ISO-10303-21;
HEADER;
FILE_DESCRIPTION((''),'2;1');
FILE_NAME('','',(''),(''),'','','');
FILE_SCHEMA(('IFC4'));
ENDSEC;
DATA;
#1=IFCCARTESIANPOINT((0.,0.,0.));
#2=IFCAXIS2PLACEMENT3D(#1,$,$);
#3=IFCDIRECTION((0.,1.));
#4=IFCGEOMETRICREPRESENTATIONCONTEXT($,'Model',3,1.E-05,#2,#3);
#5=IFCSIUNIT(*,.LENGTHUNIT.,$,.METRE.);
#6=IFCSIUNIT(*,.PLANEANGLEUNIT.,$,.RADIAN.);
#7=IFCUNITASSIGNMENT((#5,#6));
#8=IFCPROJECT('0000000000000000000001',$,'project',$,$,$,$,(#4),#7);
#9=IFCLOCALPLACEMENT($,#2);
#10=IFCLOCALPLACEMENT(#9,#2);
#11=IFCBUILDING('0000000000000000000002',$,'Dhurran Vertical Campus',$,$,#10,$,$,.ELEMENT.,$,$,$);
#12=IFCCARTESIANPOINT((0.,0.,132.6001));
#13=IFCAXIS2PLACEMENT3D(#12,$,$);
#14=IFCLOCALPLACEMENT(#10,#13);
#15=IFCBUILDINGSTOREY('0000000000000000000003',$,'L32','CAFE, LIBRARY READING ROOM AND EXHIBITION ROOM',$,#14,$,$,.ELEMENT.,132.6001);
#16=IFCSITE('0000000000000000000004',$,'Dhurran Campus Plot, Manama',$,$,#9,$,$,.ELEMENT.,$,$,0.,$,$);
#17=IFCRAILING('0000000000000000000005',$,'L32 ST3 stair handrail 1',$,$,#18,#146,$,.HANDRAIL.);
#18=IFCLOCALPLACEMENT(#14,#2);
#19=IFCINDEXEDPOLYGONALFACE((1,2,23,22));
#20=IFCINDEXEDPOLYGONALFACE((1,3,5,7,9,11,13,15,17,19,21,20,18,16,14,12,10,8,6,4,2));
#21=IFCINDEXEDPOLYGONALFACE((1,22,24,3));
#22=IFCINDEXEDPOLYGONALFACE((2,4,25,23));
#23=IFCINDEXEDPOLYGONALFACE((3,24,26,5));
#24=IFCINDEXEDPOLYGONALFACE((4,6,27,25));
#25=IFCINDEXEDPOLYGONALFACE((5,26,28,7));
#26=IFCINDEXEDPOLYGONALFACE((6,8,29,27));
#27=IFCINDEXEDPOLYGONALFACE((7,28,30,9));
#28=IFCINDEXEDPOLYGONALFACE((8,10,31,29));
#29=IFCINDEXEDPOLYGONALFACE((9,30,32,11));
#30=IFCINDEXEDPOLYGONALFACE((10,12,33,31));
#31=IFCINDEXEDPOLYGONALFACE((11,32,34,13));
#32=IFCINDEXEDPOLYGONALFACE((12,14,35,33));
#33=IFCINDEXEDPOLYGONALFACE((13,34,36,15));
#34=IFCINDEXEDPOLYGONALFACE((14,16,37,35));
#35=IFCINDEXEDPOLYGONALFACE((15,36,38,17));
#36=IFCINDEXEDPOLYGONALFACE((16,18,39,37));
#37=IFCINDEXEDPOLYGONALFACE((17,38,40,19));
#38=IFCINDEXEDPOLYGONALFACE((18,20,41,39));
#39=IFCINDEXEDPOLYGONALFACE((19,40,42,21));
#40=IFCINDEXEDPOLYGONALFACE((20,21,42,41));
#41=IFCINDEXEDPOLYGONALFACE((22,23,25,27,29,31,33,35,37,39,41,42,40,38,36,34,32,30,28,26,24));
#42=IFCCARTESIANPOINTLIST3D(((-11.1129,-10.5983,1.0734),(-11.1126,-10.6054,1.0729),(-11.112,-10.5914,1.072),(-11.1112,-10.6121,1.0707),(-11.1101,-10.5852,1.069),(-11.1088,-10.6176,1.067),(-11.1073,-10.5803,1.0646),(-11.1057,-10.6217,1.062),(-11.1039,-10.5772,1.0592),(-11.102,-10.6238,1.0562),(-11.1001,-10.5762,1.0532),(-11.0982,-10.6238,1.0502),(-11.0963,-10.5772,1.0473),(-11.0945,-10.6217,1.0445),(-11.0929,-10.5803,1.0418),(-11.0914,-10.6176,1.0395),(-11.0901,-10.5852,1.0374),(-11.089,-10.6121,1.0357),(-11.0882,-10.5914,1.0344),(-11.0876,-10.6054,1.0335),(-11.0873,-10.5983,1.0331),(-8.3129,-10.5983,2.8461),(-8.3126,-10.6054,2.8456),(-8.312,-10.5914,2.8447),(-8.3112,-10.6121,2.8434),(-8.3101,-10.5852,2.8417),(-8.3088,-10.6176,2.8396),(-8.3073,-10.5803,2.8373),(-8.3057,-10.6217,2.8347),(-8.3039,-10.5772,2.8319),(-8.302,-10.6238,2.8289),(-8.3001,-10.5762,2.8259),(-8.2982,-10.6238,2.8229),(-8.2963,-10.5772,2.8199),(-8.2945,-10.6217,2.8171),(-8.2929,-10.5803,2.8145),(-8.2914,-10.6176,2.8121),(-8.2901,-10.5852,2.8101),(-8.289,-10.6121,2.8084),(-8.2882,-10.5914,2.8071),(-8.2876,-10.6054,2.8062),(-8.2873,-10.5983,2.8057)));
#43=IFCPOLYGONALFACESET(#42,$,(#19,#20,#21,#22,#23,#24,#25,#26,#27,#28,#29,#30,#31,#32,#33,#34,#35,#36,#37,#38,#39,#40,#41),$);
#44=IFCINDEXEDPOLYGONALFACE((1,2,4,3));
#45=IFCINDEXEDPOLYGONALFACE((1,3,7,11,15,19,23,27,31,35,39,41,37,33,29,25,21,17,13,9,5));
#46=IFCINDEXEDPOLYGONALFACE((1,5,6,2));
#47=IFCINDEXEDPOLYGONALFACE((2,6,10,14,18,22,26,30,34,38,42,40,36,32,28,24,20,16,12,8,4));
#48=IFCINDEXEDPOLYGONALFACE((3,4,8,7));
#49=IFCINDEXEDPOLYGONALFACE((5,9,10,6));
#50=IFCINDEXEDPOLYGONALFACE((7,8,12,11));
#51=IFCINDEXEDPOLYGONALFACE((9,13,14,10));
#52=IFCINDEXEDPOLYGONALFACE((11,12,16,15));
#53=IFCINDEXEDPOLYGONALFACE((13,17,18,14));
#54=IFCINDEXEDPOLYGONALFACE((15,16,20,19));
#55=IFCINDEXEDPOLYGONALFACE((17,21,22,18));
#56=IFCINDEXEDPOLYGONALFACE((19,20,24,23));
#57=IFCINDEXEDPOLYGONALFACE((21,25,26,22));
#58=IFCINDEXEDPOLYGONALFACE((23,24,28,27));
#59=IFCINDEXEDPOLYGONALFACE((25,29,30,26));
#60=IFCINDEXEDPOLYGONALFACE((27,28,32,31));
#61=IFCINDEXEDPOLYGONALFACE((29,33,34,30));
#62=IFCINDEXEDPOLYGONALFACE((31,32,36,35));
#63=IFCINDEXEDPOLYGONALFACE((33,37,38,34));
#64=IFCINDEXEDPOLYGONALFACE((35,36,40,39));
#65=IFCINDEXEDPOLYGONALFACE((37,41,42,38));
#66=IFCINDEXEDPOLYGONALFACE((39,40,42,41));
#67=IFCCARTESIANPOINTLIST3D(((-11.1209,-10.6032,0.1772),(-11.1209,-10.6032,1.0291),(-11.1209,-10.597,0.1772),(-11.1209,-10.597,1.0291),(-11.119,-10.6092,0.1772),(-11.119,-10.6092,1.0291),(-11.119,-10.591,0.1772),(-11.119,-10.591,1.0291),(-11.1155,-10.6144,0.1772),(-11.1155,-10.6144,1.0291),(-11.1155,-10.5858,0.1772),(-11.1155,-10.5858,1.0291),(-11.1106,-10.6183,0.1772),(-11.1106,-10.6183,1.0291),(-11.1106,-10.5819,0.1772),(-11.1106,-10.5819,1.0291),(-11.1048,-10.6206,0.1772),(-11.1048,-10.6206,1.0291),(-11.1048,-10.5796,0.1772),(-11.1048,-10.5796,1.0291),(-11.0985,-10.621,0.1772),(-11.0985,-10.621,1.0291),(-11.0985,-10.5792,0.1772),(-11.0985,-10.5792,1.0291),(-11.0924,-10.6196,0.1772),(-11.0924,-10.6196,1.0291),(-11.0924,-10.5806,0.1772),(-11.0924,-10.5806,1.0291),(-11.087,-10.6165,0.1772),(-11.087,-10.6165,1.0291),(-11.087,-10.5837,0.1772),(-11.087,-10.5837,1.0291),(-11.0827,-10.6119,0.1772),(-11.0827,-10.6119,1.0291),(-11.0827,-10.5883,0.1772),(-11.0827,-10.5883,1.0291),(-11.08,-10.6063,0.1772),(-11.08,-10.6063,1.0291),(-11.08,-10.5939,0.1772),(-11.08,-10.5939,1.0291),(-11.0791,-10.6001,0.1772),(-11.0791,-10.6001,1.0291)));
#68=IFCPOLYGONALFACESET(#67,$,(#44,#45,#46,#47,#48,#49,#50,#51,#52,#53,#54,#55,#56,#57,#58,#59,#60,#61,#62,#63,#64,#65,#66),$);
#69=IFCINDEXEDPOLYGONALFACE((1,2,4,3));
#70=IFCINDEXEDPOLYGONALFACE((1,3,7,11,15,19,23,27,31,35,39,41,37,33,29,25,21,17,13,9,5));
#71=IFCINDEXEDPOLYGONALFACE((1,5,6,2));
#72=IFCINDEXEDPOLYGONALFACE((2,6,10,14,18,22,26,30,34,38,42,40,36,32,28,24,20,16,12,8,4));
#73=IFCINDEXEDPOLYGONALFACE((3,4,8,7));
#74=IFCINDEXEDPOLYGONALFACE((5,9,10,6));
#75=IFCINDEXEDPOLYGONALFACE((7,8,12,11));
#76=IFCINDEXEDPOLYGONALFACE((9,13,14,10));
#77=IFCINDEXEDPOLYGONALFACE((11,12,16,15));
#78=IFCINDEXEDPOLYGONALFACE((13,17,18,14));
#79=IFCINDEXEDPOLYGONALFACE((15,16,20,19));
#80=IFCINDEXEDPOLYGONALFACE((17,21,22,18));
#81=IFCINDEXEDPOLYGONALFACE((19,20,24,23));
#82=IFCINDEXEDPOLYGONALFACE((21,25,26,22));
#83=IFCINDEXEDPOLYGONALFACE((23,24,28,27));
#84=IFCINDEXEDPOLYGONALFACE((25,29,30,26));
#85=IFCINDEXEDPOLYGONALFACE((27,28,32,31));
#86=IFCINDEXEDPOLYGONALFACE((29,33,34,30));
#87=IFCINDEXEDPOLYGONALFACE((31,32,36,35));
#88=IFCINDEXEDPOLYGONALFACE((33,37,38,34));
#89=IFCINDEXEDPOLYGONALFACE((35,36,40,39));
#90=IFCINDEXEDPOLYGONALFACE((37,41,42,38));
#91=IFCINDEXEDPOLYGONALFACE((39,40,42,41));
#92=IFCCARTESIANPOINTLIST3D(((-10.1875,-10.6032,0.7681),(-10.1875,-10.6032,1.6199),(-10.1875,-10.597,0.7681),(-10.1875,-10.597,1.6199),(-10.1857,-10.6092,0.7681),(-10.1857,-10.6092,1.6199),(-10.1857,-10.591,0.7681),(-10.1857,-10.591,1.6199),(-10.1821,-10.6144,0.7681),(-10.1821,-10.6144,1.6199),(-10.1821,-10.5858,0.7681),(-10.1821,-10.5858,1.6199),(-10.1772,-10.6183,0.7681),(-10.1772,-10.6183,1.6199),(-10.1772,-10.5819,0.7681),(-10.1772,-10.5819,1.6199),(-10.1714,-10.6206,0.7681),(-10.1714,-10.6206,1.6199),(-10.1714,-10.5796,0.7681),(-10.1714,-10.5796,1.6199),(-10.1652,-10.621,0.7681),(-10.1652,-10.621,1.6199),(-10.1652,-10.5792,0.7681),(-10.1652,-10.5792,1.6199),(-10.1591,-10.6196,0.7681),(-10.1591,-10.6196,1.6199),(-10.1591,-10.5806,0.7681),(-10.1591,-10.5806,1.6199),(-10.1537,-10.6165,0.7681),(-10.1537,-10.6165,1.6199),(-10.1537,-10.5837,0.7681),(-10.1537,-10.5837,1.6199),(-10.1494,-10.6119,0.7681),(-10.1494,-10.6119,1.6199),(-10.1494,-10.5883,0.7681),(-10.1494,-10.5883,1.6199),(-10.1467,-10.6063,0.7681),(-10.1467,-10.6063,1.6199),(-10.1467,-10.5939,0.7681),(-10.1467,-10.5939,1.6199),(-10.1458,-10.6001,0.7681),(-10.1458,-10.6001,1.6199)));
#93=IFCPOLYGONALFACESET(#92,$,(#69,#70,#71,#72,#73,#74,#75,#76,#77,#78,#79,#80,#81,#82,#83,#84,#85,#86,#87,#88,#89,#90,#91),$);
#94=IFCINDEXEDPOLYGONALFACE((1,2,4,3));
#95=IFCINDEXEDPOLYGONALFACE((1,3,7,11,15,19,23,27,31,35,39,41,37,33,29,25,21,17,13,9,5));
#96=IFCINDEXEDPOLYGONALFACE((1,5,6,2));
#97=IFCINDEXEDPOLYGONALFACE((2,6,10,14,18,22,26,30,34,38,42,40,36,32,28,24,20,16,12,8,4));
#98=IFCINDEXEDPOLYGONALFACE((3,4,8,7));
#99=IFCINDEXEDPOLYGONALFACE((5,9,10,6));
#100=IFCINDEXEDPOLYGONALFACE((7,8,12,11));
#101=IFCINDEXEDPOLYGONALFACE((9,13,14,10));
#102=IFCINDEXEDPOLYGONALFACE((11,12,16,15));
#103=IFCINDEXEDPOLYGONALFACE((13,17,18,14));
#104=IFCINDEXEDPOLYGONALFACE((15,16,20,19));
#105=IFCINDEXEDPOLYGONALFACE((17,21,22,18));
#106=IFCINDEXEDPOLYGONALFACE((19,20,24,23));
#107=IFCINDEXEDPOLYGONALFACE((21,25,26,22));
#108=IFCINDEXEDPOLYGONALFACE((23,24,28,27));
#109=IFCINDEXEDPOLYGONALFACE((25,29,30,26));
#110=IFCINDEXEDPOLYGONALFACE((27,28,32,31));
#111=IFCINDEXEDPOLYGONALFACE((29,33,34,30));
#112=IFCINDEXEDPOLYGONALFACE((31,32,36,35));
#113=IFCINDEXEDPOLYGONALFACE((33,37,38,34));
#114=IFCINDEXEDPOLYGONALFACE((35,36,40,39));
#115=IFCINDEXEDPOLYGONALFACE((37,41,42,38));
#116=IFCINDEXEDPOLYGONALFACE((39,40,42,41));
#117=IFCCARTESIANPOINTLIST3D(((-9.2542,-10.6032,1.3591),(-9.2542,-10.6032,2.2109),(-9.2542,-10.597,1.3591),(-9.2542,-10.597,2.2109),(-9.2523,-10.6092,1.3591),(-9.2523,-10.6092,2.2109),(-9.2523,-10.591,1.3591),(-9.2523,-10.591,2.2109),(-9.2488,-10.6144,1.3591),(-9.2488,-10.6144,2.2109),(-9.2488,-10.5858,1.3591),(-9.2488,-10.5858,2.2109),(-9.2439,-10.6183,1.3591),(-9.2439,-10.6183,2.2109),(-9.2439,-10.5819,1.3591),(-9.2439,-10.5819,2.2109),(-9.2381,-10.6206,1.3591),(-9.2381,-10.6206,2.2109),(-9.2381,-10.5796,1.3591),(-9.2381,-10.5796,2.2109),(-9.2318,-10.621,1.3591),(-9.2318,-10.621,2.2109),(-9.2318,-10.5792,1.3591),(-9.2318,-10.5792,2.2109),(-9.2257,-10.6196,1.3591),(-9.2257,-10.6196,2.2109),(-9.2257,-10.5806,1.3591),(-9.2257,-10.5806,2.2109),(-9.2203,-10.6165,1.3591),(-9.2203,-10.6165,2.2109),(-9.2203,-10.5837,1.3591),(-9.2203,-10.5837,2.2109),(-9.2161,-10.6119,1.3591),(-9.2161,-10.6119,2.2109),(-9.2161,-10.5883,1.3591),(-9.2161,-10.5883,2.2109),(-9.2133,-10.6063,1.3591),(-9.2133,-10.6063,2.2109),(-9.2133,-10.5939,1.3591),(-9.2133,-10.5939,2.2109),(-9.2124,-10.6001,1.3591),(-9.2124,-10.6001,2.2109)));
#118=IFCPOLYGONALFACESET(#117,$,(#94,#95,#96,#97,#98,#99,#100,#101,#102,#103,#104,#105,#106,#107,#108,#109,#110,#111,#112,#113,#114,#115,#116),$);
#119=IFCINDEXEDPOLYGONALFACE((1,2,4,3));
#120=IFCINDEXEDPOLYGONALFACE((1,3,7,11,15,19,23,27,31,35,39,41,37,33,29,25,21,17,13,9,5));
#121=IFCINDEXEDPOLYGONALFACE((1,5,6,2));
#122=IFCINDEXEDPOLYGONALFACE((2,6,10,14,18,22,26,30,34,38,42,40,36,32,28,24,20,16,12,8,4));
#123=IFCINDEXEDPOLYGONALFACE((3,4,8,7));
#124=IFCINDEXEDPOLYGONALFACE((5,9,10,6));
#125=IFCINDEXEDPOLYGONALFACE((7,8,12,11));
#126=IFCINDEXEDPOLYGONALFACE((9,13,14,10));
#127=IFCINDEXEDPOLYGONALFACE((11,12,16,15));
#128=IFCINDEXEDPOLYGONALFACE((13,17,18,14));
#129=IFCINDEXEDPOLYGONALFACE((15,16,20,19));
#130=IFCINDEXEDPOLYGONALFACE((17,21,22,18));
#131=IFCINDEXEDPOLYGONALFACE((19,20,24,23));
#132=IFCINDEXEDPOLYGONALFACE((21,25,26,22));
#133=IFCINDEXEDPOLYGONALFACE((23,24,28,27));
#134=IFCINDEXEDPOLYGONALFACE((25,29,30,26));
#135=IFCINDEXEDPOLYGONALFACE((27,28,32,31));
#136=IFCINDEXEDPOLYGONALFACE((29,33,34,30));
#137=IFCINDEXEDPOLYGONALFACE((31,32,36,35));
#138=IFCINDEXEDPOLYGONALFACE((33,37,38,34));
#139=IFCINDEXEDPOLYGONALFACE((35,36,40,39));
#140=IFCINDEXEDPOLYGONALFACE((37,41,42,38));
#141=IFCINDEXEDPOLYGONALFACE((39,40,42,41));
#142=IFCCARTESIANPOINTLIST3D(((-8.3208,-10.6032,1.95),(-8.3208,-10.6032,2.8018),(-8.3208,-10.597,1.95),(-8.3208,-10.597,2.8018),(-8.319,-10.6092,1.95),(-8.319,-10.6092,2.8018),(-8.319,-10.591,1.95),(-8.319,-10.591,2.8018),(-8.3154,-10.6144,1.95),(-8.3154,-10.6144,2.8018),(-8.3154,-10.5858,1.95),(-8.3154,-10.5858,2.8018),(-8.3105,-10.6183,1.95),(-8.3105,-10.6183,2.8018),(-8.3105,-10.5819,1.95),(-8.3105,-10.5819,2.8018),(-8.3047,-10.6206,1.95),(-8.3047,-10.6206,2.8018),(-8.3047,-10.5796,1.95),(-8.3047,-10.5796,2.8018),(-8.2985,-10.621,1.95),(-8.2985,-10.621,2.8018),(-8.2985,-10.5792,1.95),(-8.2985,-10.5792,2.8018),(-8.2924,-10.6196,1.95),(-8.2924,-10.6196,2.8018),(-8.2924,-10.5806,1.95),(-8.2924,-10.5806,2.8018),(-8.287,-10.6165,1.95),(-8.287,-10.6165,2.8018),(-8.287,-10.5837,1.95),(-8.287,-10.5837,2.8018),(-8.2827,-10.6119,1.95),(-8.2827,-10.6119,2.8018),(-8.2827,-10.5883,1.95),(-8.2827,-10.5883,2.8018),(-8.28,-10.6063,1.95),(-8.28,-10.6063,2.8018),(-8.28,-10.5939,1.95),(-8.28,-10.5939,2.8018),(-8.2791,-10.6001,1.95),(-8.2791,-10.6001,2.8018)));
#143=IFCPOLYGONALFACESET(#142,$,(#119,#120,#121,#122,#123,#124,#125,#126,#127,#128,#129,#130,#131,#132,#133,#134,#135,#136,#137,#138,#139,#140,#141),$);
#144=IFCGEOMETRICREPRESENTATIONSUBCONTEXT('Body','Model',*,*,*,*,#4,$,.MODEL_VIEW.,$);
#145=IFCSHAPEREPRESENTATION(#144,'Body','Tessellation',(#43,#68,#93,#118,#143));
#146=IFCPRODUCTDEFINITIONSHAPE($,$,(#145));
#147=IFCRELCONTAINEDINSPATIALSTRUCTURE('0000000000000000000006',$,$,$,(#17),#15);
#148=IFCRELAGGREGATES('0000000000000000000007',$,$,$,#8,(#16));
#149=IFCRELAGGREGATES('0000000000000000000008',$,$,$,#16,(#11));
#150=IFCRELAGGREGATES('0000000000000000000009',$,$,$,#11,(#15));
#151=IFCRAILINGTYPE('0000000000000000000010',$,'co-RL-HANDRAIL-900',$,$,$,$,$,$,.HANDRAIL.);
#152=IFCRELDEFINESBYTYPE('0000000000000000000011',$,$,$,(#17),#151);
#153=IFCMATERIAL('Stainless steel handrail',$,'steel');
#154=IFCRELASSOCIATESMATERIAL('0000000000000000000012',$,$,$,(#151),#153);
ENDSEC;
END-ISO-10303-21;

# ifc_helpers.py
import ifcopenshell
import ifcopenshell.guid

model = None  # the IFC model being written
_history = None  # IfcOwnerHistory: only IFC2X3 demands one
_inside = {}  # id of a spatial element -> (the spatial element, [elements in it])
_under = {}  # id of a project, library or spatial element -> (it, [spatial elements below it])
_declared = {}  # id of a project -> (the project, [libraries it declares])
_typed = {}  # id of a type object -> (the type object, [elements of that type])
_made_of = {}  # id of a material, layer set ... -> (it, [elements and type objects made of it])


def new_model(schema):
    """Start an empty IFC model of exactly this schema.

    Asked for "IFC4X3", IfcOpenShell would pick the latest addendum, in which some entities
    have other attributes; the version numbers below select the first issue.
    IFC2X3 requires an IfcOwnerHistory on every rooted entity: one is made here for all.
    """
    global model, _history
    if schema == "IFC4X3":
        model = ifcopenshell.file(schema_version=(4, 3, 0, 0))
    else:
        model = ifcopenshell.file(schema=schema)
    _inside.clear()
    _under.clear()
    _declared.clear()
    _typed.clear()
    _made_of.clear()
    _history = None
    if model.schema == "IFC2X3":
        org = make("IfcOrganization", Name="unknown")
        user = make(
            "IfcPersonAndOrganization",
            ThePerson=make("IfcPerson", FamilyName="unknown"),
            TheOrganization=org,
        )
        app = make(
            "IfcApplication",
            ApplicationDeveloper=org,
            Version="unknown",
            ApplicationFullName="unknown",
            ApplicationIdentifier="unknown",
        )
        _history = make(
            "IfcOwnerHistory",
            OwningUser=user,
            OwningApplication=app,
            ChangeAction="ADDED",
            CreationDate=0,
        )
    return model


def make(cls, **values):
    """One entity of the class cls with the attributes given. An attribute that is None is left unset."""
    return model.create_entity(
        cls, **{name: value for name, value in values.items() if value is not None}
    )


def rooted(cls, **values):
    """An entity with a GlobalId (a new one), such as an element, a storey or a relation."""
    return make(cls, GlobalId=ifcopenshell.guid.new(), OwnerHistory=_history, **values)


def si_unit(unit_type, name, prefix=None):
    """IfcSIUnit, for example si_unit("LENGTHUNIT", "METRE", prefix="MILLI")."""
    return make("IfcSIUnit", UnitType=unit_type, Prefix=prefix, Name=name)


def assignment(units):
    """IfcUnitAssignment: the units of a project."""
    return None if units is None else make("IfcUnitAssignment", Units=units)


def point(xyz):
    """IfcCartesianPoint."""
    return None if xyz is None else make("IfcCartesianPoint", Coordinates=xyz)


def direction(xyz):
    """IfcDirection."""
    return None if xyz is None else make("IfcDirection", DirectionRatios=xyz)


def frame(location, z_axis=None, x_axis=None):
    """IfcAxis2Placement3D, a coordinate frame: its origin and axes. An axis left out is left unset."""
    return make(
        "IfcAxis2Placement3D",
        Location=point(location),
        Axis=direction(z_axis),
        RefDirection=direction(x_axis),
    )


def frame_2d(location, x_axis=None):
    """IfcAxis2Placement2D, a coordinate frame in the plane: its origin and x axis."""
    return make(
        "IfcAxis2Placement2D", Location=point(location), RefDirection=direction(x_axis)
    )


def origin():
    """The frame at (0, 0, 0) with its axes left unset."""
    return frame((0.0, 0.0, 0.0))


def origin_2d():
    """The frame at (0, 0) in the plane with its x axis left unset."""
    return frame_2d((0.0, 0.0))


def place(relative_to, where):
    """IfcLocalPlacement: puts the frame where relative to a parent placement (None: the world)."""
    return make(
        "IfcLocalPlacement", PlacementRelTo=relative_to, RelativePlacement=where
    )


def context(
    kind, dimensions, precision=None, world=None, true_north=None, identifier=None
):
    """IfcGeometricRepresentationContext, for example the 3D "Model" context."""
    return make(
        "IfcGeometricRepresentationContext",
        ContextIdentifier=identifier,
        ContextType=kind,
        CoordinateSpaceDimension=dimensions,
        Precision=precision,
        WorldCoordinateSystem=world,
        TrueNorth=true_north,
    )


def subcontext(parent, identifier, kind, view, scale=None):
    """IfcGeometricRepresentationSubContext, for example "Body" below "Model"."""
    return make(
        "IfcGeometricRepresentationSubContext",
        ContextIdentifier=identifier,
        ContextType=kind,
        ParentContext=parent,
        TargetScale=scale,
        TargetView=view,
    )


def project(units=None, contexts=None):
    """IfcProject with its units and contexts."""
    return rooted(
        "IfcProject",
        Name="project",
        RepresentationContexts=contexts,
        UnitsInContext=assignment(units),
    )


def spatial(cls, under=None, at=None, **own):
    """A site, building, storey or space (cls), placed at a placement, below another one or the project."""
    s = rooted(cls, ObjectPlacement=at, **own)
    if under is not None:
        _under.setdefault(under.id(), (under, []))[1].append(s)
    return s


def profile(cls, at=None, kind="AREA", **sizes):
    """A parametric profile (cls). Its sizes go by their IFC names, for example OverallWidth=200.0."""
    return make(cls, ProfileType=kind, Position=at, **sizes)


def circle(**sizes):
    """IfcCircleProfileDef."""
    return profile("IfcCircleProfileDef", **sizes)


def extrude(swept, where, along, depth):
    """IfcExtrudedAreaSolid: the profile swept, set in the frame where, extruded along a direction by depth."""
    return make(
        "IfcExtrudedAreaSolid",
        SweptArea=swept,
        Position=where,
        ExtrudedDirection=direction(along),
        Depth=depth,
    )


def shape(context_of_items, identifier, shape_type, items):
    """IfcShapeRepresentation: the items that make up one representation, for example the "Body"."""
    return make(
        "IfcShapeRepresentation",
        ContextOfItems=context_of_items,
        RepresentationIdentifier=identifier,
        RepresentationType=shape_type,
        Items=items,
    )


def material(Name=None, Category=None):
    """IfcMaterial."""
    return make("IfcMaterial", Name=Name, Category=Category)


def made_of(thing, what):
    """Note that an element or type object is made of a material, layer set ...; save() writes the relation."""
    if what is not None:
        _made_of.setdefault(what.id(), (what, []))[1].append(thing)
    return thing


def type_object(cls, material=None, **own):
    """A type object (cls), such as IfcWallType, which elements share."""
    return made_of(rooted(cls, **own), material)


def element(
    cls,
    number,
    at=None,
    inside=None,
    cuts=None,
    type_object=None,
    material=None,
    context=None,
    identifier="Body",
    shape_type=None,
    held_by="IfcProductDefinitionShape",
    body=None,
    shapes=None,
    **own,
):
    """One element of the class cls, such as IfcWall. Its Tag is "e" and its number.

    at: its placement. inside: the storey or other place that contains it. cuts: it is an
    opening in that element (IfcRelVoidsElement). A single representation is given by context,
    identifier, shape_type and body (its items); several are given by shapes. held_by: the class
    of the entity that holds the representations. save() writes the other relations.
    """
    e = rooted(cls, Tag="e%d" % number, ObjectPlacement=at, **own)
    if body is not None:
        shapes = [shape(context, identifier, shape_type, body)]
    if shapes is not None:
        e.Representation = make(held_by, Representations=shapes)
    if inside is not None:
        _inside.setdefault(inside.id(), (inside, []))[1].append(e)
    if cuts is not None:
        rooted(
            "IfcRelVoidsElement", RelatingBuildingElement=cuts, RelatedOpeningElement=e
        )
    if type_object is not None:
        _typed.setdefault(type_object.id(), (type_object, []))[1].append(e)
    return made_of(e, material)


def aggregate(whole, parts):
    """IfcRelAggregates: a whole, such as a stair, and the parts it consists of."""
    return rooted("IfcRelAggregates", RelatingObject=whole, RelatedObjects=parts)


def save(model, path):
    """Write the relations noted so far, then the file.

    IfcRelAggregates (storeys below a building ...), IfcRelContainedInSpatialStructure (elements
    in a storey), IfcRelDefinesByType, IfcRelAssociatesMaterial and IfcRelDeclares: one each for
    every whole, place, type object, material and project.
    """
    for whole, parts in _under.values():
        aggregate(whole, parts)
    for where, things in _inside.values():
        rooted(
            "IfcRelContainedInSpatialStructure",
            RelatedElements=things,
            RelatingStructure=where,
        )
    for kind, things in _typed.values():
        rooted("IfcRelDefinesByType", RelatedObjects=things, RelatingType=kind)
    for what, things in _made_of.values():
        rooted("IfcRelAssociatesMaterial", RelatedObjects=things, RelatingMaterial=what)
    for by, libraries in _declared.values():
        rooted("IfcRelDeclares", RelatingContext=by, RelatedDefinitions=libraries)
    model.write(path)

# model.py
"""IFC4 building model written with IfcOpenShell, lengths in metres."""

from ifc_helpers import new_model, si_unit, direction, frame, origin, origin_2d, place, context, subcontext, project, spatial, circle, extrude, material, type_object, element, save


model = new_model("IFC4")

# Units and contexts
model_context = context("Model", 3, precision=1e-05, world=origin(), true_north=direction((0.0, 1.0)))
body_context = subcontext(model_context, "Body", "Model", "MODEL_VIEW")
ifc_project = project(units=[si_unit("LENGTHUNIT", "METRE"), si_unit("PLANEANGLEUNIT", "RADIAN")], contexts=[model_context])

# Site, building, storey
site_placement = place(None, origin())
site = spatial("IfcSite", under=ifc_project, at=site_placement, Name="Dhurran Campus Plot, Manama", CompositionType="ELEMENT", RefElevation=0.0)
building_placement = place(site_placement, origin())
building = spatial("IfcBuilding", under=site, at=building_placement, Name="Dhurran Vertical Campus", CompositionType="ELEMENT")
storey_placement = place(building_placement, frame((0.0, 0.0, 132.6001)))
storey = spatial("IfcBuildingStorey", under=building, at=storey_placement, Name="L32", Description="CAFE, LIBRARY READING ROOM AND EXHIBITION ROOM", CompositionType="ELEMENT", Elevation=132.6001)

# Railing
ifc_material_1 = material(Name="Stainless steel handrail", Category="steel")
railing_type = type_object("IfcRailingType", Name="co-RL-HANDRAIL-900", PredefinedType="HANDRAIL", material=ifc_material_1)
railing_placement = place(storey_placement, frame((-11.1001, -10.6001, 0.1772)))
element("IfcRailing", 1, at=railing_placement, inside=storey, type_object=railing_type, Name="L32 ST3 stair handrail 1", PredefinedType="HANDRAIL", context=body_context, shape_type="SweptSolid", body=[
    extrude(circle(Radius=0.0239, at=origin_2d()), frame((0.0, 0.0, 0.876), z_axis=(0.844909, 0.0, 0.53491), x_axis=(0.0, 1.0, 0.0)), (0.0, 0.0, 1.0), 3.314),
    extrude(circle(Radius=0.021, at=origin_2d()), origin(), (0.0, 0.0, 1.0), 0.8518),
    extrude(circle(Radius=0.021, at=origin_2d()), frame((0.9333, 0.0, 0.5908)), (0.0, 0.0, 1.0), 0.8518),
    extrude(circle(Radius=0.021, at=origin_2d()), frame((1.8667, 0.0, 1.1819)), (0.0, 0.0, 1.0), 0.8518),
    extrude(circle(Radius=0.021, at=origin_2d()), frame((2.8, 0.0, 1.7727)), (0.0, 0.0, 1.0), 0.8518),
])

save(model, "model.ifc")
